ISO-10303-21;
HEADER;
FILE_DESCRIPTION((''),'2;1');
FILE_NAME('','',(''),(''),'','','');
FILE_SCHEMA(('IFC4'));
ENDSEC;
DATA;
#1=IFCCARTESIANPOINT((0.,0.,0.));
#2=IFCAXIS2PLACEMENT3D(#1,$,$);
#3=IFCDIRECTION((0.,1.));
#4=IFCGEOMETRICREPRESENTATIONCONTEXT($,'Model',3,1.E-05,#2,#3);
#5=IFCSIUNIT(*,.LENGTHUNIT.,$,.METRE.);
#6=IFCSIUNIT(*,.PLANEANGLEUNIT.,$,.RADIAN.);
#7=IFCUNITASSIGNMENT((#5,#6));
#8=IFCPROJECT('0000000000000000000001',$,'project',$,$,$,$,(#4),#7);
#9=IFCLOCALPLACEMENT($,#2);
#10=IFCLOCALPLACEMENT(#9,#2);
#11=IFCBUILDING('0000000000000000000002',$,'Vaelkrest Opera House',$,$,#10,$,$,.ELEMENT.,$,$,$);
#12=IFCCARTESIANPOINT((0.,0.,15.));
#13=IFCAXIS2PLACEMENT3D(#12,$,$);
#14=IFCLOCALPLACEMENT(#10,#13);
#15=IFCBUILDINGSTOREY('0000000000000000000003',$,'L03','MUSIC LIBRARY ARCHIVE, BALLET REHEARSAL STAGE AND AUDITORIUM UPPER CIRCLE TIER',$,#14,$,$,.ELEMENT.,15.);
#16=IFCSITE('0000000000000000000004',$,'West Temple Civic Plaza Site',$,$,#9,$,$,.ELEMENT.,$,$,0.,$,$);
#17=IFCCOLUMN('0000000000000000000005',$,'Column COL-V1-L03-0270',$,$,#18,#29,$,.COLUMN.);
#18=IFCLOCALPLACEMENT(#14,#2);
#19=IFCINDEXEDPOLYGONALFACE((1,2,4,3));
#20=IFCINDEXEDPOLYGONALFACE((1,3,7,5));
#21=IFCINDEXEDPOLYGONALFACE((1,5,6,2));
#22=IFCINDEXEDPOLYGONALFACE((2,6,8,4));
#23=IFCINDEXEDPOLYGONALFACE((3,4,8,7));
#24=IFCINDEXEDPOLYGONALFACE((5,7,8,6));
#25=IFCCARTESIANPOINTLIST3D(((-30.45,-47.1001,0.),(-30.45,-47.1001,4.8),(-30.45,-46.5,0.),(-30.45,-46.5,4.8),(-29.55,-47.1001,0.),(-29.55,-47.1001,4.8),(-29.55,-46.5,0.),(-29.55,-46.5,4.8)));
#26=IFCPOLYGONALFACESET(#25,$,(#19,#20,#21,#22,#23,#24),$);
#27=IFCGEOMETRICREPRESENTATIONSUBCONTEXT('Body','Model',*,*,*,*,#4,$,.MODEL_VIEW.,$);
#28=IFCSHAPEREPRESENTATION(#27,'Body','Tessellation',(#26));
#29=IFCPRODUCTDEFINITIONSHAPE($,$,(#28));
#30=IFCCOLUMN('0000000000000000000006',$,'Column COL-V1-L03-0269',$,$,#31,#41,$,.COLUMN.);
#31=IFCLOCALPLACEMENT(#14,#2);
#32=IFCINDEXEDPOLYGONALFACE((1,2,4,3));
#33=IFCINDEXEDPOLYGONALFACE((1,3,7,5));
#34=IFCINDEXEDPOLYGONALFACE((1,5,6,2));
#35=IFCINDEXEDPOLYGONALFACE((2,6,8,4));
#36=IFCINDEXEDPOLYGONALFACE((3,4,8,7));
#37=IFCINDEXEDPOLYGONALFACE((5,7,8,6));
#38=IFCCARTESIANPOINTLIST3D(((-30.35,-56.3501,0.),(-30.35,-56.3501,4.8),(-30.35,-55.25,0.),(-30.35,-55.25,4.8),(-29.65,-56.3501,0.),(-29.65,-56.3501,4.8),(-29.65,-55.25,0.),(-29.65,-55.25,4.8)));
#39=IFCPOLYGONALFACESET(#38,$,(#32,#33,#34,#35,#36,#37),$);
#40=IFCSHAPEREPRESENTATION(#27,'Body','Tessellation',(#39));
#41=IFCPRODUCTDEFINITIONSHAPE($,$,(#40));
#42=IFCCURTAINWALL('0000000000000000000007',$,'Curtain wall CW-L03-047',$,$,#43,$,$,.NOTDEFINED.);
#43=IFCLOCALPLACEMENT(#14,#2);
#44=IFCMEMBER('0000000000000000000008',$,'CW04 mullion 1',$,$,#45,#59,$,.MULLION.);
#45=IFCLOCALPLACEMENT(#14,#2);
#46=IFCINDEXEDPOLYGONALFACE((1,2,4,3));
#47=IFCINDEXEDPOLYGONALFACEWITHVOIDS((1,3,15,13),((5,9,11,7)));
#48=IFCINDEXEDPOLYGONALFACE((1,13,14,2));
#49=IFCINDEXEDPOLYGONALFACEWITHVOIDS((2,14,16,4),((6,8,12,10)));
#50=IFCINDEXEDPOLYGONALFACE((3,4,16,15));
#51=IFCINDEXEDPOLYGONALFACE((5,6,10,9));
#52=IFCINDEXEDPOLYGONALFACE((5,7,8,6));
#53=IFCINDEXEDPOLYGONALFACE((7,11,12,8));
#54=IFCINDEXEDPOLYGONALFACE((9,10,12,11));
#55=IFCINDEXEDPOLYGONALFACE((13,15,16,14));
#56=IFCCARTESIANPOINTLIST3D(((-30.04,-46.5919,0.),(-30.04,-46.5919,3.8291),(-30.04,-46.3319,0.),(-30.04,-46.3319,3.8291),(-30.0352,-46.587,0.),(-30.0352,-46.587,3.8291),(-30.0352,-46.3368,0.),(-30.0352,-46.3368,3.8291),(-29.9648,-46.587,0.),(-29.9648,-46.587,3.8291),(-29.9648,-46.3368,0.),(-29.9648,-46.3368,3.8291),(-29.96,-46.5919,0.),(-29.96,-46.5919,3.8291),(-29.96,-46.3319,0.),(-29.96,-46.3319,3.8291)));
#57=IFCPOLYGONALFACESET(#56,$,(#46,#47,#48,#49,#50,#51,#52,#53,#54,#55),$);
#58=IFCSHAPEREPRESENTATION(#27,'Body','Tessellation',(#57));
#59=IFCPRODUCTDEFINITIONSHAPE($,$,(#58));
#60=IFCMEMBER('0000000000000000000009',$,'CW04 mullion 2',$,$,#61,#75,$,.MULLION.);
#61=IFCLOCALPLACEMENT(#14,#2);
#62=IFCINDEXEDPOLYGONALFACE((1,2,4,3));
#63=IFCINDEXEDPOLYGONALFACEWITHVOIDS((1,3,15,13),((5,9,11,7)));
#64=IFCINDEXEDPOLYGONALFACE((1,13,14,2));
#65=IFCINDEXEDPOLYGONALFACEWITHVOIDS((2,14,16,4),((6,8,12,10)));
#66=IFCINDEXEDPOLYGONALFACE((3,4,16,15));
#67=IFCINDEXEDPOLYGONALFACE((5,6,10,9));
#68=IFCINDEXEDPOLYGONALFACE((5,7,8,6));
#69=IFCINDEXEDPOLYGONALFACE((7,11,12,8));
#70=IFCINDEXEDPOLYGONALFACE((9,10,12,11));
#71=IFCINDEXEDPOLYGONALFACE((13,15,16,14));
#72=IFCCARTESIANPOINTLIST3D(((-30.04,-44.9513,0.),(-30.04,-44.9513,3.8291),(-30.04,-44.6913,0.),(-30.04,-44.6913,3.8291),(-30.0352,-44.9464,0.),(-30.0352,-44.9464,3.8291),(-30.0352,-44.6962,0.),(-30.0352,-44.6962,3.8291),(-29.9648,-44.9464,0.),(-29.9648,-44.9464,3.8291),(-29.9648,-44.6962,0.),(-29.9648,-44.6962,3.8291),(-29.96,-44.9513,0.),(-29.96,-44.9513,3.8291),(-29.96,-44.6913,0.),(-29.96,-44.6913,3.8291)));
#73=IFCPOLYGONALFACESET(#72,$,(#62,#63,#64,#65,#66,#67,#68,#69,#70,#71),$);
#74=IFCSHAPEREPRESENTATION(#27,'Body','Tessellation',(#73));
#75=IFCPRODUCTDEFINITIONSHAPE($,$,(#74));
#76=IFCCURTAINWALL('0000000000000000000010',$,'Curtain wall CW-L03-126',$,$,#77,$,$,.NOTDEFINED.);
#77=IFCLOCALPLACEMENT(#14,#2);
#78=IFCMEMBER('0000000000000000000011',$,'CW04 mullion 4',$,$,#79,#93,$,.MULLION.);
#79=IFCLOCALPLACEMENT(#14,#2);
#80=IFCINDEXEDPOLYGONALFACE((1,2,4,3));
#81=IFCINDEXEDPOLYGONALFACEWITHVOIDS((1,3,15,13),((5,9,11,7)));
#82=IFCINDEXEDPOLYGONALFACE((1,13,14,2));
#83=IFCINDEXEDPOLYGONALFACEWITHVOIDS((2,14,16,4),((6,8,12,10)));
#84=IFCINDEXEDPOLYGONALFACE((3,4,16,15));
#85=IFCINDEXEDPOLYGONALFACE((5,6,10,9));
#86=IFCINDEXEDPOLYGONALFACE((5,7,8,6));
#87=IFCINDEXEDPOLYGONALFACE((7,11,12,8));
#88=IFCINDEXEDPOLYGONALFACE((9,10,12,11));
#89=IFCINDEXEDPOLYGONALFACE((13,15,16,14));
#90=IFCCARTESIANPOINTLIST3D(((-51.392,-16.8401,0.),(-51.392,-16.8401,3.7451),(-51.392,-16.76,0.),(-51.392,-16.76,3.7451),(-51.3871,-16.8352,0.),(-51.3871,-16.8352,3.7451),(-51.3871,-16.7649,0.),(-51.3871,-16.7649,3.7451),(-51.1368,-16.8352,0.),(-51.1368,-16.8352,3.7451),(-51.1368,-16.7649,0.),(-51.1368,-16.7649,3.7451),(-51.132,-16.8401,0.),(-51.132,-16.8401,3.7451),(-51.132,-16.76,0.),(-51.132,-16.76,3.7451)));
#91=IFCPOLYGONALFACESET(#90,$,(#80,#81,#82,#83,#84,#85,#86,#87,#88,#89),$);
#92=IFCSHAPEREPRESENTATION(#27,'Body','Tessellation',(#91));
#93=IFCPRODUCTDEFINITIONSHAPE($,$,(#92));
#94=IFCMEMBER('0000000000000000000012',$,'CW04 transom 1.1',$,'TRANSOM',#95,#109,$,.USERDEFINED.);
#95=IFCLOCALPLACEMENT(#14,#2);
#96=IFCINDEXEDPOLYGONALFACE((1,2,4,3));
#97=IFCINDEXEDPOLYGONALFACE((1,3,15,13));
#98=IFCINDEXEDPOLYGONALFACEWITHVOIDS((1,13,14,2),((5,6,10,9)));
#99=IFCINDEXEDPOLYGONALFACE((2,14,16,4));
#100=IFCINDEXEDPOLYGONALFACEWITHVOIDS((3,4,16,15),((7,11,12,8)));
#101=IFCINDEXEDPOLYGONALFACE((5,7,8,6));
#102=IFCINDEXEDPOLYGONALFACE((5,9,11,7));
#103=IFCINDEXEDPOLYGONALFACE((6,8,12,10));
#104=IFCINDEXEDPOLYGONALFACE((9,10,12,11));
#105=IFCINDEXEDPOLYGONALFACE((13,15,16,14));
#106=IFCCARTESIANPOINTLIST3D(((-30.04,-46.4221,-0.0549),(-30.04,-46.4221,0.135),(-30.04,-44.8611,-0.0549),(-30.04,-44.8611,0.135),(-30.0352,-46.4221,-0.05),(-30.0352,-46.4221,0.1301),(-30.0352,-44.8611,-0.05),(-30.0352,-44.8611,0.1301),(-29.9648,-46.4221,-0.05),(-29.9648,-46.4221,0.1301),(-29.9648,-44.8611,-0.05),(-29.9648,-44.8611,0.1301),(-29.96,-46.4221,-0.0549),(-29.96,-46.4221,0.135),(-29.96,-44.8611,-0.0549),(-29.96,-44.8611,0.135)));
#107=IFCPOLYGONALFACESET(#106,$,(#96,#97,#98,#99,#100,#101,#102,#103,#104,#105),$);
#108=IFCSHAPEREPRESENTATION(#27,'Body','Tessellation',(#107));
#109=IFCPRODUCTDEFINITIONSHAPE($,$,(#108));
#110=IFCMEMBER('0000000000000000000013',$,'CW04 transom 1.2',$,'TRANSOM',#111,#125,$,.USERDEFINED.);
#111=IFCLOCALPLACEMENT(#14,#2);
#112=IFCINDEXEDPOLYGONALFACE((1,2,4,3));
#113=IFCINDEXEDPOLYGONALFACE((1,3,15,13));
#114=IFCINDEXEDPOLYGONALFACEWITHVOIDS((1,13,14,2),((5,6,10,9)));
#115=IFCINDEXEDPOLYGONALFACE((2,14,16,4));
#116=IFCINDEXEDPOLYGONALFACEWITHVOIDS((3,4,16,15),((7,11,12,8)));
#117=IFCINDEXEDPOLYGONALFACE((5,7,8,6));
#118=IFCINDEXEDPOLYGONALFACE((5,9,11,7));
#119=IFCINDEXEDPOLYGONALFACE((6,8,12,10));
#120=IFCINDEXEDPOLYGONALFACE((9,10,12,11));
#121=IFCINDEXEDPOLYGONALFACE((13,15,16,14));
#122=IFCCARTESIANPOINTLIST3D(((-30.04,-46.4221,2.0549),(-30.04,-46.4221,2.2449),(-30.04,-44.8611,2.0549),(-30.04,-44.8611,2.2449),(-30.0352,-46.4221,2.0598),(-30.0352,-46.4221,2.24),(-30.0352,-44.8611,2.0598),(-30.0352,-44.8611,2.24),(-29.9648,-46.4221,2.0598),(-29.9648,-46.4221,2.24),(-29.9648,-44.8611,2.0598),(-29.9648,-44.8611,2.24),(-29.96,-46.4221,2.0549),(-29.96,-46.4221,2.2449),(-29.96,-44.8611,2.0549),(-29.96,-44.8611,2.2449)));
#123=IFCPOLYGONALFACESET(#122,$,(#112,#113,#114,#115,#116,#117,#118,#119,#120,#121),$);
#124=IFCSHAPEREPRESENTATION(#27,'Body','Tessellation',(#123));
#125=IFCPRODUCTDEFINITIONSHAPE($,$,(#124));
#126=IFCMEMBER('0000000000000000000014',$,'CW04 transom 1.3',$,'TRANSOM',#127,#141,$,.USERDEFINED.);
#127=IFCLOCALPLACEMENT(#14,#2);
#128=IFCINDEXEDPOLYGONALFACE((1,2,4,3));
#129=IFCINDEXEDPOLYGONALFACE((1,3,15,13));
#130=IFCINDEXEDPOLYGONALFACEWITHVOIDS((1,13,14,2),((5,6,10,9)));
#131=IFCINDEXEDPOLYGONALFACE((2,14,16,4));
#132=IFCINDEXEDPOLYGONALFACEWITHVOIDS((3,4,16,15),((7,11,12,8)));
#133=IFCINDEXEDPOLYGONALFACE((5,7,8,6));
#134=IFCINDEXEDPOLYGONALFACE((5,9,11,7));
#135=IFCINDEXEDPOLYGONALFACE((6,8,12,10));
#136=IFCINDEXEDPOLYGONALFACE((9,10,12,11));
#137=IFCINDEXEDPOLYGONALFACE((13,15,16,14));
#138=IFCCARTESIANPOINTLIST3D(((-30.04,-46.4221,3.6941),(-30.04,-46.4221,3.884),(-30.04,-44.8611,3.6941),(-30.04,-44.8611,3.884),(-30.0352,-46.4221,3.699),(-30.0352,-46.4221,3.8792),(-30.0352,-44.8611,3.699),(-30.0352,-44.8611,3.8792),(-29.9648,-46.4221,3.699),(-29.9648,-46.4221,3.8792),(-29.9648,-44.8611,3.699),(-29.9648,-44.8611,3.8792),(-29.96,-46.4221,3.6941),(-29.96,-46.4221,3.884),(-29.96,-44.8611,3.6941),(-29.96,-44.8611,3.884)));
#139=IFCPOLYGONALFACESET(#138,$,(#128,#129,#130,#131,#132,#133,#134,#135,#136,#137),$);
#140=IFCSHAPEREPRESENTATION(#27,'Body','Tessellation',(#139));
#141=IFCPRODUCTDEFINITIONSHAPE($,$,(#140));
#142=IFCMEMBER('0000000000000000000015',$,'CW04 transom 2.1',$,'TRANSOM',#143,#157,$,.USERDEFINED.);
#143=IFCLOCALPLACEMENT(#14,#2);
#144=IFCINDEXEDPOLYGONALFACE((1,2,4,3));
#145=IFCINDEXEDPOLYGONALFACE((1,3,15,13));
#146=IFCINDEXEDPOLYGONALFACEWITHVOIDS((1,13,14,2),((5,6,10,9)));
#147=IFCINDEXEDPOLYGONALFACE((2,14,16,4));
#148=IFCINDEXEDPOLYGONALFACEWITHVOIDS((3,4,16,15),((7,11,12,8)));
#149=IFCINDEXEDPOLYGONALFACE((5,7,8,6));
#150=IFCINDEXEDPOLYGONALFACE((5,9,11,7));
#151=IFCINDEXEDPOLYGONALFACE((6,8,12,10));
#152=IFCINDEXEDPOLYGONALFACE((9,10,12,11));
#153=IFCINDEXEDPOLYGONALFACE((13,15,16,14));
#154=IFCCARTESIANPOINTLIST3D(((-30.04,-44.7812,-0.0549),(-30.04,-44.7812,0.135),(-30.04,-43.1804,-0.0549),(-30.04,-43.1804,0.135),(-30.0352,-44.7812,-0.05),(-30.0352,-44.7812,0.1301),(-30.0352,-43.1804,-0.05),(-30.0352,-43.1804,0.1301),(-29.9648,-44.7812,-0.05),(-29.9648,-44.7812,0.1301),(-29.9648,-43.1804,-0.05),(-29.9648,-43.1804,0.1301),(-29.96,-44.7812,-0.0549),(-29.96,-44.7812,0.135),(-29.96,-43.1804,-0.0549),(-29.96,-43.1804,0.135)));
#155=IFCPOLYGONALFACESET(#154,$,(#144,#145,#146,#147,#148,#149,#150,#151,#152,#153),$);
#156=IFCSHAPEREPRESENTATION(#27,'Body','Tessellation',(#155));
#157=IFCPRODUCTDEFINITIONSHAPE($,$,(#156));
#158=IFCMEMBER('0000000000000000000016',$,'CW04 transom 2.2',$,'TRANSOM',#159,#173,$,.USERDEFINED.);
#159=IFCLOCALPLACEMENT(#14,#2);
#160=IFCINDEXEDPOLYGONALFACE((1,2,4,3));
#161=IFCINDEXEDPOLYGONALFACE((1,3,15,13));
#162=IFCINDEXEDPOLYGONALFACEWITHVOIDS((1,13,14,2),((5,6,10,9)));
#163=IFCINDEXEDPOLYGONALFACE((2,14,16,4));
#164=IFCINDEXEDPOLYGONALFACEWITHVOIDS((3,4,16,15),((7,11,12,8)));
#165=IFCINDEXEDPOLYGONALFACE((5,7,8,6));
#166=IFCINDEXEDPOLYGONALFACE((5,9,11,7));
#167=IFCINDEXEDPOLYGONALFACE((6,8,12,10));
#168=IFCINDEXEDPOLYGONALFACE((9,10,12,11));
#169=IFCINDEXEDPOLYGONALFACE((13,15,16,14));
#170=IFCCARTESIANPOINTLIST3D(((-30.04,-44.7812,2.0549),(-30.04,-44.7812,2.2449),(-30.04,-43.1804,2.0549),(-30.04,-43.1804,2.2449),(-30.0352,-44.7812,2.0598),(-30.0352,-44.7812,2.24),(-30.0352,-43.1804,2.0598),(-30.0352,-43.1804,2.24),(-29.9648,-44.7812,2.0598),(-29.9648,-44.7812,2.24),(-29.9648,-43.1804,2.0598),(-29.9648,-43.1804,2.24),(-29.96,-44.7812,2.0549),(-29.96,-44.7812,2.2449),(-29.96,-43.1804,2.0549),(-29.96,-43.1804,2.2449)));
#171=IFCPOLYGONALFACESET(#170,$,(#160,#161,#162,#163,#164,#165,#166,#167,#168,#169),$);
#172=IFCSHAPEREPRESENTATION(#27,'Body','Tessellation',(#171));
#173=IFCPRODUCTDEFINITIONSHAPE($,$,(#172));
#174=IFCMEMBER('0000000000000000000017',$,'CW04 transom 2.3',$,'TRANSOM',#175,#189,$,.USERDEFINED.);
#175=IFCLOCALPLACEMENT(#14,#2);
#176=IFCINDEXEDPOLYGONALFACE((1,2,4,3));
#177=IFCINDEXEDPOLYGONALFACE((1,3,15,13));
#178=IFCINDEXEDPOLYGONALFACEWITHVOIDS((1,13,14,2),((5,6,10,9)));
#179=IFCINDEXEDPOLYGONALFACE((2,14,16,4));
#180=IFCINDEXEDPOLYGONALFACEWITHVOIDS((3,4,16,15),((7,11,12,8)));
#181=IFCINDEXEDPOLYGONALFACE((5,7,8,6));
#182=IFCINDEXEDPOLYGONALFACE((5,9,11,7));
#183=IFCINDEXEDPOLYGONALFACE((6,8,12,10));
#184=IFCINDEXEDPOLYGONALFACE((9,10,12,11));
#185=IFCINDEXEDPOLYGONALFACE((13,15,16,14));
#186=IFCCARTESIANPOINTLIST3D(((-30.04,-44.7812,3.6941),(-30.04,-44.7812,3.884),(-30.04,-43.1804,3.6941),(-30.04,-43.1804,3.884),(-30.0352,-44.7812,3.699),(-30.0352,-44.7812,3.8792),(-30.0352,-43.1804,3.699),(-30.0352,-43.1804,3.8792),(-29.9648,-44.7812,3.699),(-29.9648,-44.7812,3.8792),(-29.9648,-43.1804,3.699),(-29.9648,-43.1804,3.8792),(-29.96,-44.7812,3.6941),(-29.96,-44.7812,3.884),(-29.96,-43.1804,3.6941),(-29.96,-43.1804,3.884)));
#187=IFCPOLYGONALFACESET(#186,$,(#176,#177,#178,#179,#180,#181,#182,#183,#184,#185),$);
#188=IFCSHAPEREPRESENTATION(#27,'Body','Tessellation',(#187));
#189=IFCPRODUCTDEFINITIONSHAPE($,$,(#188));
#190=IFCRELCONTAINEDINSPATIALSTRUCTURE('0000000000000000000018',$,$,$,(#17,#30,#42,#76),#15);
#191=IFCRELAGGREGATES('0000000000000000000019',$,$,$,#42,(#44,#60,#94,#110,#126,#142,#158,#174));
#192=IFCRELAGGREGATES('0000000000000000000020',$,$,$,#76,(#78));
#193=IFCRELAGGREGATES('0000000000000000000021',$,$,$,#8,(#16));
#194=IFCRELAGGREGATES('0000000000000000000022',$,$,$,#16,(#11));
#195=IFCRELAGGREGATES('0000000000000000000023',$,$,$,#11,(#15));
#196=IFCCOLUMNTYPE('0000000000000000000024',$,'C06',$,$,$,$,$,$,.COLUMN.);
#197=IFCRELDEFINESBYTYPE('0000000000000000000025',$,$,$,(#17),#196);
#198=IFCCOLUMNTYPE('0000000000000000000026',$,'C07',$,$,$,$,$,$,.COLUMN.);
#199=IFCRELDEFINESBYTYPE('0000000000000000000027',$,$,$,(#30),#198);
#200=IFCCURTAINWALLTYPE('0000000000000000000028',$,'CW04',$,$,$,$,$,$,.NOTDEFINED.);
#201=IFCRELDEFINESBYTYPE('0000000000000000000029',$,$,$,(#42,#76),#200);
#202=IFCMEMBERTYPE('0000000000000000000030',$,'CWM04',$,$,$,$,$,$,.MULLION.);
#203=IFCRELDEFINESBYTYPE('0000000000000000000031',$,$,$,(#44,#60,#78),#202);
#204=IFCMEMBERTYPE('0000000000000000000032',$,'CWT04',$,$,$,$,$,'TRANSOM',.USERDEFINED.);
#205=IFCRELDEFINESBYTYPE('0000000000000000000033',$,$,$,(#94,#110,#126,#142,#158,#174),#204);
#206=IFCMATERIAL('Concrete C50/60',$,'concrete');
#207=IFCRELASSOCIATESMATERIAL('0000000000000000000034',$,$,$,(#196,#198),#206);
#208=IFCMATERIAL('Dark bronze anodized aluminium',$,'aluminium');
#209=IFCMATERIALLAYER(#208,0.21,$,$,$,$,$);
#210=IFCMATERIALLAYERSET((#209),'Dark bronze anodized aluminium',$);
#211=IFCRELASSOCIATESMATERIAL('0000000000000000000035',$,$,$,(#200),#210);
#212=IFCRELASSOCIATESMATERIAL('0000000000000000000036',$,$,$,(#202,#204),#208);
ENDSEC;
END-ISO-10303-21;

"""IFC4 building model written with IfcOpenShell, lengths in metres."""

from ifc_helpers import new_model, si_unit, direction, frame, origin, origin_2d, place, context, subcontext, project, spatial, rectangle, hollow_rectangle, extrude, material, layer, layer_set, material_profile, profile_set, type_object, element, aggregate, save


model = new_model("IFC4")

# Units and contexts
model_context = context("Model", 3, precision=1e-05, world=origin(), true_north=direction((0.0, 1.0)))
body_context = subcontext(model_context, "Body", "Model", "MODEL_VIEW")
ifc_project = project(units=[si_unit("LENGTHUNIT", "METRE"), si_unit("PLANEANGLEUNIT", "RADIAN")], contexts=[model_context])

# Site, building, storey
site_placement = place(None, origin())
site = spatial("IfcSite", under=ifc_project, at=site_placement, Name="West Temple Civic Plaza Site", CompositionType="ELEMENT", RefElevation=0.0)
building_placement = place(site_placement, origin())
building = spatial("IfcBuilding", under=site, at=building_placement, Name="Vaelkrest Opera House", CompositionType="ELEMENT")
storey_placement = place(building_placement, frame((0.0, 0.0, 15.0)))
storey = spatial("IfcBuildingStorey", under=building, at=storey_placement, Name="L03", Description="MUSIC LIBRARY ARCHIVE, BALLET REHEARSAL STAGE AND AUDITORIUM UPPER CIRCLE TIER", CompositionType="ELEMENT", Elevation=15.0)

# Columns
ifc_material_1 = material(Name="Concrete C50/60", Category="concrete")
ifc_material_profile_1 = material_profile(ifc_material_1, rectangle(XDim=0.6001, YDim=0.8999, at=origin_2d()), Name="RC600X900")
ifc_profile_set_1 = profile_set([ifc_material_profile_1], Name="Concrete C50/60")
column_type_1 = type_object("IfcColumnType", Name="C06", PredefinedType="COLUMN", material=ifc_profile_set_1)
column_1_placement = place(storey_placement, frame((-30.0, -46.8, 0.0), z_axis=(0.0, 0.0, 1.0), x_axis=(0.0, 1.0, 0.0)))
element("IfcColumn", 1, at=column_1_placement, inside=storey, type_object=column_type_1, Name="Column COL-V1-L03-0270", PredefinedType="COLUMN", context=body_context, shape_type="SweptSolid", body=[
    extrude(rectangle(XDim=0.6001, YDim=0.8999, at=origin_2d()), origin(), (0.0, 0.0, 1.0), 4.8),
])
ifc_material_profile_2 = material_profile(ifc_material_1, rectangle(XDim=0.7, YDim=1.1001, at=origin_2d()), Name="RC700X1100")
ifc_profile_set_2 = profile_set([ifc_material_profile_2], Name="Concrete C50/60")
column_type_2 = type_object("IfcColumnType", Name="C07", PredefinedType="COLUMN", material=ifc_profile_set_2)
column_2_placement = place(storey_placement, frame((-30.0, -55.8, 0.0), z_axis=(0.0, 0.0, 1.0), x_axis=(1.0, 0.0, 0.0)))
element("IfcColumn", 2, at=column_2_placement, inside=storey, type_object=column_type_2, Name="Column COL-V1-L03-0269", PredefinedType="COLUMN", context=body_context, shape_type="SweptSolid", body=[
    extrude(rectangle(XDim=0.7, YDim=1.1001, at=origin_2d()), origin(), (0.0, 0.0, 1.0), 4.8),
])

# Curtain wall, members
ifc_material_2 = material(Name="Dark bronze anodized aluminium", Category="aluminium")
ifc_layer_1 = layer(ifc_material_2, 0.21)
ifc_layer_set_1 = layer_set([ifc_layer_1], Name="Dark bronze anodized aluminium")
curtain_wall_type = type_object("IfcCurtainWallType", Name="CW04", PredefinedType="NOTDEFINED", material=ifc_layer_set_1)
curtain_wall_1_placement = place(storey_placement, origin())
curtain_wall_1 = element("IfcCurtainWall", 3, at=curtain_wall_1_placement, inside=storey, type_object=curtain_wall_type, Name="Curtain wall CW-L03-047", PredefinedType="NOTDEFINED")
ifc_material_profile_3 = material_profile(ifc_material_2, hollow_rectangle(XDim=0.0801, YDim=0.26, WallThickness=0.0049, at=origin_2d()), Name="CWM80X260")
ifc_profile_set_3 = profile_set([ifc_material_profile_3], Name="Dark bronze anodized aluminium")
member_type_1 = type_object("IfcMemberType", Name="CWM04", PredefinedType="MULLION", material=ifc_profile_set_3)
member_1_placement = place(storey_placement, frame((-30.0, -46.4619, 0.0), z_axis=(0.0, 0.0, 1.0), x_axis=(-1.0, 0.0, 0.0)))
member_1 = element("IfcMember", 4, at=member_1_placement, type_object=member_type_1, Name="CW04 mullion 1", PredefinedType="MULLION", context=body_context, shape_type="SweptSolid", body=[
    extrude(hollow_rectangle(XDim=0.0801, YDim=0.26, WallThickness=0.0049, at=origin_2d()), origin(), (0.0, 0.0, 1.0), 3.8291),
])
member_2_placement = place(storey_placement, frame((-30.0, -44.8213, 0.0), z_axis=(0.0, 0.0, 1.0), x_axis=(-1.0, 0.0, 0.0)))
member_2 = element("IfcMember", 5, at=member_2_placement, type_object=member_type_1, Name="CW04 mullion 2", PredefinedType="MULLION", context=body_context, shape_type="SweptSolid", body=[
    extrude(hollow_rectangle(XDim=0.0801, YDim=0.26, WallThickness=0.0049, at=origin_2d()), origin(), (0.0, 0.0, 1.0), 3.8291),
])

# Curtain wall, member
curtain_wall_2_placement = place(storey_placement, origin())
curtain_wall_2 = element("IfcCurtainWall", 6, at=curtain_wall_2_placement, inside=storey, type_object=curtain_wall_type, Name="Curtain wall CW-L03-126", PredefinedType="NOTDEFINED")
member_3_placement = place(storey_placement, frame((-51.262, -16.8, 0.0), z_axis=(0.0, 0.0, 1.0), x_axis=(0.0, -1.0, 0.0)))
member_3 = element("IfcMember", 7, at=member_3_placement, type_object=member_type_1, Name="CW04 mullion 4", PredefinedType="MULLION", context=body_context, shape_type="SweptSolid", body=[
    extrude(hollow_rectangle(XDim=0.0801, YDim=0.26, WallThickness=0.0049, at=origin_2d()), origin(), (0.0, 0.0, 1.0), 3.7451),
])

# Members
ifc_material_profile_4 = material_profile(ifc_material_2, hollow_rectangle(XDim=0.0801, YDim=0.1899, WallThickness=0.0049, at=origin_2d()), Name="CWT80X190")
ifc_profile_set_4 = profile_set([ifc_material_profile_4], Name="Dark bronze anodized aluminium")
member_type_2 = type_object("IfcMemberType", Name="CWT04", ElementType="TRANSOM", PredefinedType="USERDEFINED", material=ifc_profile_set_4)
member_4_placement = place(storey_placement, frame((-30.0, -46.4221, 0.04), z_axis=(0.0, 1.0, 0.0), x_axis=(-1.0, 0.0, 0.0)))
member_4 = element("IfcMember", 8, at=member_4_placement, type_object=member_type_2, Name="CW04 transom 1.1", ObjectType="TRANSOM", PredefinedType="USERDEFINED", context=body_context, shape_type="SweptSolid", body=[
    extrude(hollow_rectangle(XDim=0.0801, YDim=0.1899, WallThickness=0.0049, at=origin_2d()), origin(), (0.0, 0.0, 1.0), 1.561),
])
member_5_placement = place(storey_placement, frame((-30.0, -46.4221, 2.1499), z_axis=(0.0, 1.0, 0.0), x_axis=(-1.0, 0.0, 0.0)))
member_5 = element("IfcMember", 9, at=member_5_placement, type_object=member_type_2, Name="CW04 transom 1.2", ObjectType="TRANSOM", PredefinedType="USERDEFINED", context=body_context, shape_type="SweptSolid", body=[
    extrude(hollow_rectangle(XDim=0.0801, YDim=0.1899, WallThickness=0.0049, at=origin_2d()), origin(), (0.0, 0.0, 1.0), 1.561),
])
member_6_placement = place(storey_placement, frame((-30.0, -46.4221, 3.7891), z_axis=(0.0, 1.0, 0.0), x_axis=(-1.0, 0.0, 0.0)))
member_6 = element("IfcMember", 10, at=member_6_placement, type_object=member_type_2, Name="CW04 transom 1.3", ObjectType="TRANSOM", PredefinedType="USERDEFINED", context=body_context, shape_type="SweptSolid", body=[
    extrude(hollow_rectangle(XDim=0.0801, YDim=0.1899, WallThickness=0.0049, at=origin_2d()), origin(), (0.0, 0.0, 1.0), 1.561),
])
member_7_placement = place(storey_placement, frame((-30.0, -44.7812, 0.04), z_axis=(0.0, 1.0, 0.0), x_axis=(-1.0, 0.0, 0.0)))
member_7 = element("IfcMember", 11, at=member_7_placement, type_object=member_type_2, Name="CW04 transom 2.1", ObjectType="TRANSOM", PredefinedType="USERDEFINED", context=body_context, shape_type="SweptSolid", body=[
    extrude(hollow_rectangle(XDim=0.0801, YDim=0.1899, WallThickness=0.0049, at=origin_2d()), origin(), (0.0, 0.0, 1.0), 1.6008),
])
member_8_placement = place(storey_placement, frame((-30.0, -44.7812, 2.1499), z_axis=(0.0, 1.0, 0.0), x_axis=(-1.0, 0.0, 0.0)))
member_8 = element("IfcMember", 12, at=member_8_placement, type_object=member_type_2, Name="CW04 transom 2.2", ObjectType="TRANSOM", PredefinedType="USERDEFINED", context=body_context, shape_type="SweptSolid", body=[
    extrude(hollow_rectangle(XDim=0.0801, YDim=0.1899, WallThickness=0.0049, at=origin_2d()), origin(), (0.0, 0.0, 1.0), 1.6008),
])
member_9_placement = place(storey_placement, frame((-30.0, -44.7812, 3.7891), z_axis=(0.0, 1.0, 0.0), x_axis=(-1.0, 0.0, 0.0)))
member_9 = element("IfcMember", 13, at=member_9_placement, type_object=member_type_2, Name="CW04 transom 2.3", ObjectType="TRANSOM", PredefinedType="USERDEFINED", context=body_context, shape_type="SweptSolid", body=[
    extrude(hollow_rectangle(XDim=0.0801, YDim=0.1899, WallThickness=0.0049, at=origin_2d()), origin(), (0.0, 0.0, 1.0), 1.6008),
])

aggregate(curtain_wall_1, [member_1, member_2, member_4, member_5, member_6, member_7, member_8, member_9])
aggregate(curtain_wall_2, [member_3])

save(model, "model.ifc")
